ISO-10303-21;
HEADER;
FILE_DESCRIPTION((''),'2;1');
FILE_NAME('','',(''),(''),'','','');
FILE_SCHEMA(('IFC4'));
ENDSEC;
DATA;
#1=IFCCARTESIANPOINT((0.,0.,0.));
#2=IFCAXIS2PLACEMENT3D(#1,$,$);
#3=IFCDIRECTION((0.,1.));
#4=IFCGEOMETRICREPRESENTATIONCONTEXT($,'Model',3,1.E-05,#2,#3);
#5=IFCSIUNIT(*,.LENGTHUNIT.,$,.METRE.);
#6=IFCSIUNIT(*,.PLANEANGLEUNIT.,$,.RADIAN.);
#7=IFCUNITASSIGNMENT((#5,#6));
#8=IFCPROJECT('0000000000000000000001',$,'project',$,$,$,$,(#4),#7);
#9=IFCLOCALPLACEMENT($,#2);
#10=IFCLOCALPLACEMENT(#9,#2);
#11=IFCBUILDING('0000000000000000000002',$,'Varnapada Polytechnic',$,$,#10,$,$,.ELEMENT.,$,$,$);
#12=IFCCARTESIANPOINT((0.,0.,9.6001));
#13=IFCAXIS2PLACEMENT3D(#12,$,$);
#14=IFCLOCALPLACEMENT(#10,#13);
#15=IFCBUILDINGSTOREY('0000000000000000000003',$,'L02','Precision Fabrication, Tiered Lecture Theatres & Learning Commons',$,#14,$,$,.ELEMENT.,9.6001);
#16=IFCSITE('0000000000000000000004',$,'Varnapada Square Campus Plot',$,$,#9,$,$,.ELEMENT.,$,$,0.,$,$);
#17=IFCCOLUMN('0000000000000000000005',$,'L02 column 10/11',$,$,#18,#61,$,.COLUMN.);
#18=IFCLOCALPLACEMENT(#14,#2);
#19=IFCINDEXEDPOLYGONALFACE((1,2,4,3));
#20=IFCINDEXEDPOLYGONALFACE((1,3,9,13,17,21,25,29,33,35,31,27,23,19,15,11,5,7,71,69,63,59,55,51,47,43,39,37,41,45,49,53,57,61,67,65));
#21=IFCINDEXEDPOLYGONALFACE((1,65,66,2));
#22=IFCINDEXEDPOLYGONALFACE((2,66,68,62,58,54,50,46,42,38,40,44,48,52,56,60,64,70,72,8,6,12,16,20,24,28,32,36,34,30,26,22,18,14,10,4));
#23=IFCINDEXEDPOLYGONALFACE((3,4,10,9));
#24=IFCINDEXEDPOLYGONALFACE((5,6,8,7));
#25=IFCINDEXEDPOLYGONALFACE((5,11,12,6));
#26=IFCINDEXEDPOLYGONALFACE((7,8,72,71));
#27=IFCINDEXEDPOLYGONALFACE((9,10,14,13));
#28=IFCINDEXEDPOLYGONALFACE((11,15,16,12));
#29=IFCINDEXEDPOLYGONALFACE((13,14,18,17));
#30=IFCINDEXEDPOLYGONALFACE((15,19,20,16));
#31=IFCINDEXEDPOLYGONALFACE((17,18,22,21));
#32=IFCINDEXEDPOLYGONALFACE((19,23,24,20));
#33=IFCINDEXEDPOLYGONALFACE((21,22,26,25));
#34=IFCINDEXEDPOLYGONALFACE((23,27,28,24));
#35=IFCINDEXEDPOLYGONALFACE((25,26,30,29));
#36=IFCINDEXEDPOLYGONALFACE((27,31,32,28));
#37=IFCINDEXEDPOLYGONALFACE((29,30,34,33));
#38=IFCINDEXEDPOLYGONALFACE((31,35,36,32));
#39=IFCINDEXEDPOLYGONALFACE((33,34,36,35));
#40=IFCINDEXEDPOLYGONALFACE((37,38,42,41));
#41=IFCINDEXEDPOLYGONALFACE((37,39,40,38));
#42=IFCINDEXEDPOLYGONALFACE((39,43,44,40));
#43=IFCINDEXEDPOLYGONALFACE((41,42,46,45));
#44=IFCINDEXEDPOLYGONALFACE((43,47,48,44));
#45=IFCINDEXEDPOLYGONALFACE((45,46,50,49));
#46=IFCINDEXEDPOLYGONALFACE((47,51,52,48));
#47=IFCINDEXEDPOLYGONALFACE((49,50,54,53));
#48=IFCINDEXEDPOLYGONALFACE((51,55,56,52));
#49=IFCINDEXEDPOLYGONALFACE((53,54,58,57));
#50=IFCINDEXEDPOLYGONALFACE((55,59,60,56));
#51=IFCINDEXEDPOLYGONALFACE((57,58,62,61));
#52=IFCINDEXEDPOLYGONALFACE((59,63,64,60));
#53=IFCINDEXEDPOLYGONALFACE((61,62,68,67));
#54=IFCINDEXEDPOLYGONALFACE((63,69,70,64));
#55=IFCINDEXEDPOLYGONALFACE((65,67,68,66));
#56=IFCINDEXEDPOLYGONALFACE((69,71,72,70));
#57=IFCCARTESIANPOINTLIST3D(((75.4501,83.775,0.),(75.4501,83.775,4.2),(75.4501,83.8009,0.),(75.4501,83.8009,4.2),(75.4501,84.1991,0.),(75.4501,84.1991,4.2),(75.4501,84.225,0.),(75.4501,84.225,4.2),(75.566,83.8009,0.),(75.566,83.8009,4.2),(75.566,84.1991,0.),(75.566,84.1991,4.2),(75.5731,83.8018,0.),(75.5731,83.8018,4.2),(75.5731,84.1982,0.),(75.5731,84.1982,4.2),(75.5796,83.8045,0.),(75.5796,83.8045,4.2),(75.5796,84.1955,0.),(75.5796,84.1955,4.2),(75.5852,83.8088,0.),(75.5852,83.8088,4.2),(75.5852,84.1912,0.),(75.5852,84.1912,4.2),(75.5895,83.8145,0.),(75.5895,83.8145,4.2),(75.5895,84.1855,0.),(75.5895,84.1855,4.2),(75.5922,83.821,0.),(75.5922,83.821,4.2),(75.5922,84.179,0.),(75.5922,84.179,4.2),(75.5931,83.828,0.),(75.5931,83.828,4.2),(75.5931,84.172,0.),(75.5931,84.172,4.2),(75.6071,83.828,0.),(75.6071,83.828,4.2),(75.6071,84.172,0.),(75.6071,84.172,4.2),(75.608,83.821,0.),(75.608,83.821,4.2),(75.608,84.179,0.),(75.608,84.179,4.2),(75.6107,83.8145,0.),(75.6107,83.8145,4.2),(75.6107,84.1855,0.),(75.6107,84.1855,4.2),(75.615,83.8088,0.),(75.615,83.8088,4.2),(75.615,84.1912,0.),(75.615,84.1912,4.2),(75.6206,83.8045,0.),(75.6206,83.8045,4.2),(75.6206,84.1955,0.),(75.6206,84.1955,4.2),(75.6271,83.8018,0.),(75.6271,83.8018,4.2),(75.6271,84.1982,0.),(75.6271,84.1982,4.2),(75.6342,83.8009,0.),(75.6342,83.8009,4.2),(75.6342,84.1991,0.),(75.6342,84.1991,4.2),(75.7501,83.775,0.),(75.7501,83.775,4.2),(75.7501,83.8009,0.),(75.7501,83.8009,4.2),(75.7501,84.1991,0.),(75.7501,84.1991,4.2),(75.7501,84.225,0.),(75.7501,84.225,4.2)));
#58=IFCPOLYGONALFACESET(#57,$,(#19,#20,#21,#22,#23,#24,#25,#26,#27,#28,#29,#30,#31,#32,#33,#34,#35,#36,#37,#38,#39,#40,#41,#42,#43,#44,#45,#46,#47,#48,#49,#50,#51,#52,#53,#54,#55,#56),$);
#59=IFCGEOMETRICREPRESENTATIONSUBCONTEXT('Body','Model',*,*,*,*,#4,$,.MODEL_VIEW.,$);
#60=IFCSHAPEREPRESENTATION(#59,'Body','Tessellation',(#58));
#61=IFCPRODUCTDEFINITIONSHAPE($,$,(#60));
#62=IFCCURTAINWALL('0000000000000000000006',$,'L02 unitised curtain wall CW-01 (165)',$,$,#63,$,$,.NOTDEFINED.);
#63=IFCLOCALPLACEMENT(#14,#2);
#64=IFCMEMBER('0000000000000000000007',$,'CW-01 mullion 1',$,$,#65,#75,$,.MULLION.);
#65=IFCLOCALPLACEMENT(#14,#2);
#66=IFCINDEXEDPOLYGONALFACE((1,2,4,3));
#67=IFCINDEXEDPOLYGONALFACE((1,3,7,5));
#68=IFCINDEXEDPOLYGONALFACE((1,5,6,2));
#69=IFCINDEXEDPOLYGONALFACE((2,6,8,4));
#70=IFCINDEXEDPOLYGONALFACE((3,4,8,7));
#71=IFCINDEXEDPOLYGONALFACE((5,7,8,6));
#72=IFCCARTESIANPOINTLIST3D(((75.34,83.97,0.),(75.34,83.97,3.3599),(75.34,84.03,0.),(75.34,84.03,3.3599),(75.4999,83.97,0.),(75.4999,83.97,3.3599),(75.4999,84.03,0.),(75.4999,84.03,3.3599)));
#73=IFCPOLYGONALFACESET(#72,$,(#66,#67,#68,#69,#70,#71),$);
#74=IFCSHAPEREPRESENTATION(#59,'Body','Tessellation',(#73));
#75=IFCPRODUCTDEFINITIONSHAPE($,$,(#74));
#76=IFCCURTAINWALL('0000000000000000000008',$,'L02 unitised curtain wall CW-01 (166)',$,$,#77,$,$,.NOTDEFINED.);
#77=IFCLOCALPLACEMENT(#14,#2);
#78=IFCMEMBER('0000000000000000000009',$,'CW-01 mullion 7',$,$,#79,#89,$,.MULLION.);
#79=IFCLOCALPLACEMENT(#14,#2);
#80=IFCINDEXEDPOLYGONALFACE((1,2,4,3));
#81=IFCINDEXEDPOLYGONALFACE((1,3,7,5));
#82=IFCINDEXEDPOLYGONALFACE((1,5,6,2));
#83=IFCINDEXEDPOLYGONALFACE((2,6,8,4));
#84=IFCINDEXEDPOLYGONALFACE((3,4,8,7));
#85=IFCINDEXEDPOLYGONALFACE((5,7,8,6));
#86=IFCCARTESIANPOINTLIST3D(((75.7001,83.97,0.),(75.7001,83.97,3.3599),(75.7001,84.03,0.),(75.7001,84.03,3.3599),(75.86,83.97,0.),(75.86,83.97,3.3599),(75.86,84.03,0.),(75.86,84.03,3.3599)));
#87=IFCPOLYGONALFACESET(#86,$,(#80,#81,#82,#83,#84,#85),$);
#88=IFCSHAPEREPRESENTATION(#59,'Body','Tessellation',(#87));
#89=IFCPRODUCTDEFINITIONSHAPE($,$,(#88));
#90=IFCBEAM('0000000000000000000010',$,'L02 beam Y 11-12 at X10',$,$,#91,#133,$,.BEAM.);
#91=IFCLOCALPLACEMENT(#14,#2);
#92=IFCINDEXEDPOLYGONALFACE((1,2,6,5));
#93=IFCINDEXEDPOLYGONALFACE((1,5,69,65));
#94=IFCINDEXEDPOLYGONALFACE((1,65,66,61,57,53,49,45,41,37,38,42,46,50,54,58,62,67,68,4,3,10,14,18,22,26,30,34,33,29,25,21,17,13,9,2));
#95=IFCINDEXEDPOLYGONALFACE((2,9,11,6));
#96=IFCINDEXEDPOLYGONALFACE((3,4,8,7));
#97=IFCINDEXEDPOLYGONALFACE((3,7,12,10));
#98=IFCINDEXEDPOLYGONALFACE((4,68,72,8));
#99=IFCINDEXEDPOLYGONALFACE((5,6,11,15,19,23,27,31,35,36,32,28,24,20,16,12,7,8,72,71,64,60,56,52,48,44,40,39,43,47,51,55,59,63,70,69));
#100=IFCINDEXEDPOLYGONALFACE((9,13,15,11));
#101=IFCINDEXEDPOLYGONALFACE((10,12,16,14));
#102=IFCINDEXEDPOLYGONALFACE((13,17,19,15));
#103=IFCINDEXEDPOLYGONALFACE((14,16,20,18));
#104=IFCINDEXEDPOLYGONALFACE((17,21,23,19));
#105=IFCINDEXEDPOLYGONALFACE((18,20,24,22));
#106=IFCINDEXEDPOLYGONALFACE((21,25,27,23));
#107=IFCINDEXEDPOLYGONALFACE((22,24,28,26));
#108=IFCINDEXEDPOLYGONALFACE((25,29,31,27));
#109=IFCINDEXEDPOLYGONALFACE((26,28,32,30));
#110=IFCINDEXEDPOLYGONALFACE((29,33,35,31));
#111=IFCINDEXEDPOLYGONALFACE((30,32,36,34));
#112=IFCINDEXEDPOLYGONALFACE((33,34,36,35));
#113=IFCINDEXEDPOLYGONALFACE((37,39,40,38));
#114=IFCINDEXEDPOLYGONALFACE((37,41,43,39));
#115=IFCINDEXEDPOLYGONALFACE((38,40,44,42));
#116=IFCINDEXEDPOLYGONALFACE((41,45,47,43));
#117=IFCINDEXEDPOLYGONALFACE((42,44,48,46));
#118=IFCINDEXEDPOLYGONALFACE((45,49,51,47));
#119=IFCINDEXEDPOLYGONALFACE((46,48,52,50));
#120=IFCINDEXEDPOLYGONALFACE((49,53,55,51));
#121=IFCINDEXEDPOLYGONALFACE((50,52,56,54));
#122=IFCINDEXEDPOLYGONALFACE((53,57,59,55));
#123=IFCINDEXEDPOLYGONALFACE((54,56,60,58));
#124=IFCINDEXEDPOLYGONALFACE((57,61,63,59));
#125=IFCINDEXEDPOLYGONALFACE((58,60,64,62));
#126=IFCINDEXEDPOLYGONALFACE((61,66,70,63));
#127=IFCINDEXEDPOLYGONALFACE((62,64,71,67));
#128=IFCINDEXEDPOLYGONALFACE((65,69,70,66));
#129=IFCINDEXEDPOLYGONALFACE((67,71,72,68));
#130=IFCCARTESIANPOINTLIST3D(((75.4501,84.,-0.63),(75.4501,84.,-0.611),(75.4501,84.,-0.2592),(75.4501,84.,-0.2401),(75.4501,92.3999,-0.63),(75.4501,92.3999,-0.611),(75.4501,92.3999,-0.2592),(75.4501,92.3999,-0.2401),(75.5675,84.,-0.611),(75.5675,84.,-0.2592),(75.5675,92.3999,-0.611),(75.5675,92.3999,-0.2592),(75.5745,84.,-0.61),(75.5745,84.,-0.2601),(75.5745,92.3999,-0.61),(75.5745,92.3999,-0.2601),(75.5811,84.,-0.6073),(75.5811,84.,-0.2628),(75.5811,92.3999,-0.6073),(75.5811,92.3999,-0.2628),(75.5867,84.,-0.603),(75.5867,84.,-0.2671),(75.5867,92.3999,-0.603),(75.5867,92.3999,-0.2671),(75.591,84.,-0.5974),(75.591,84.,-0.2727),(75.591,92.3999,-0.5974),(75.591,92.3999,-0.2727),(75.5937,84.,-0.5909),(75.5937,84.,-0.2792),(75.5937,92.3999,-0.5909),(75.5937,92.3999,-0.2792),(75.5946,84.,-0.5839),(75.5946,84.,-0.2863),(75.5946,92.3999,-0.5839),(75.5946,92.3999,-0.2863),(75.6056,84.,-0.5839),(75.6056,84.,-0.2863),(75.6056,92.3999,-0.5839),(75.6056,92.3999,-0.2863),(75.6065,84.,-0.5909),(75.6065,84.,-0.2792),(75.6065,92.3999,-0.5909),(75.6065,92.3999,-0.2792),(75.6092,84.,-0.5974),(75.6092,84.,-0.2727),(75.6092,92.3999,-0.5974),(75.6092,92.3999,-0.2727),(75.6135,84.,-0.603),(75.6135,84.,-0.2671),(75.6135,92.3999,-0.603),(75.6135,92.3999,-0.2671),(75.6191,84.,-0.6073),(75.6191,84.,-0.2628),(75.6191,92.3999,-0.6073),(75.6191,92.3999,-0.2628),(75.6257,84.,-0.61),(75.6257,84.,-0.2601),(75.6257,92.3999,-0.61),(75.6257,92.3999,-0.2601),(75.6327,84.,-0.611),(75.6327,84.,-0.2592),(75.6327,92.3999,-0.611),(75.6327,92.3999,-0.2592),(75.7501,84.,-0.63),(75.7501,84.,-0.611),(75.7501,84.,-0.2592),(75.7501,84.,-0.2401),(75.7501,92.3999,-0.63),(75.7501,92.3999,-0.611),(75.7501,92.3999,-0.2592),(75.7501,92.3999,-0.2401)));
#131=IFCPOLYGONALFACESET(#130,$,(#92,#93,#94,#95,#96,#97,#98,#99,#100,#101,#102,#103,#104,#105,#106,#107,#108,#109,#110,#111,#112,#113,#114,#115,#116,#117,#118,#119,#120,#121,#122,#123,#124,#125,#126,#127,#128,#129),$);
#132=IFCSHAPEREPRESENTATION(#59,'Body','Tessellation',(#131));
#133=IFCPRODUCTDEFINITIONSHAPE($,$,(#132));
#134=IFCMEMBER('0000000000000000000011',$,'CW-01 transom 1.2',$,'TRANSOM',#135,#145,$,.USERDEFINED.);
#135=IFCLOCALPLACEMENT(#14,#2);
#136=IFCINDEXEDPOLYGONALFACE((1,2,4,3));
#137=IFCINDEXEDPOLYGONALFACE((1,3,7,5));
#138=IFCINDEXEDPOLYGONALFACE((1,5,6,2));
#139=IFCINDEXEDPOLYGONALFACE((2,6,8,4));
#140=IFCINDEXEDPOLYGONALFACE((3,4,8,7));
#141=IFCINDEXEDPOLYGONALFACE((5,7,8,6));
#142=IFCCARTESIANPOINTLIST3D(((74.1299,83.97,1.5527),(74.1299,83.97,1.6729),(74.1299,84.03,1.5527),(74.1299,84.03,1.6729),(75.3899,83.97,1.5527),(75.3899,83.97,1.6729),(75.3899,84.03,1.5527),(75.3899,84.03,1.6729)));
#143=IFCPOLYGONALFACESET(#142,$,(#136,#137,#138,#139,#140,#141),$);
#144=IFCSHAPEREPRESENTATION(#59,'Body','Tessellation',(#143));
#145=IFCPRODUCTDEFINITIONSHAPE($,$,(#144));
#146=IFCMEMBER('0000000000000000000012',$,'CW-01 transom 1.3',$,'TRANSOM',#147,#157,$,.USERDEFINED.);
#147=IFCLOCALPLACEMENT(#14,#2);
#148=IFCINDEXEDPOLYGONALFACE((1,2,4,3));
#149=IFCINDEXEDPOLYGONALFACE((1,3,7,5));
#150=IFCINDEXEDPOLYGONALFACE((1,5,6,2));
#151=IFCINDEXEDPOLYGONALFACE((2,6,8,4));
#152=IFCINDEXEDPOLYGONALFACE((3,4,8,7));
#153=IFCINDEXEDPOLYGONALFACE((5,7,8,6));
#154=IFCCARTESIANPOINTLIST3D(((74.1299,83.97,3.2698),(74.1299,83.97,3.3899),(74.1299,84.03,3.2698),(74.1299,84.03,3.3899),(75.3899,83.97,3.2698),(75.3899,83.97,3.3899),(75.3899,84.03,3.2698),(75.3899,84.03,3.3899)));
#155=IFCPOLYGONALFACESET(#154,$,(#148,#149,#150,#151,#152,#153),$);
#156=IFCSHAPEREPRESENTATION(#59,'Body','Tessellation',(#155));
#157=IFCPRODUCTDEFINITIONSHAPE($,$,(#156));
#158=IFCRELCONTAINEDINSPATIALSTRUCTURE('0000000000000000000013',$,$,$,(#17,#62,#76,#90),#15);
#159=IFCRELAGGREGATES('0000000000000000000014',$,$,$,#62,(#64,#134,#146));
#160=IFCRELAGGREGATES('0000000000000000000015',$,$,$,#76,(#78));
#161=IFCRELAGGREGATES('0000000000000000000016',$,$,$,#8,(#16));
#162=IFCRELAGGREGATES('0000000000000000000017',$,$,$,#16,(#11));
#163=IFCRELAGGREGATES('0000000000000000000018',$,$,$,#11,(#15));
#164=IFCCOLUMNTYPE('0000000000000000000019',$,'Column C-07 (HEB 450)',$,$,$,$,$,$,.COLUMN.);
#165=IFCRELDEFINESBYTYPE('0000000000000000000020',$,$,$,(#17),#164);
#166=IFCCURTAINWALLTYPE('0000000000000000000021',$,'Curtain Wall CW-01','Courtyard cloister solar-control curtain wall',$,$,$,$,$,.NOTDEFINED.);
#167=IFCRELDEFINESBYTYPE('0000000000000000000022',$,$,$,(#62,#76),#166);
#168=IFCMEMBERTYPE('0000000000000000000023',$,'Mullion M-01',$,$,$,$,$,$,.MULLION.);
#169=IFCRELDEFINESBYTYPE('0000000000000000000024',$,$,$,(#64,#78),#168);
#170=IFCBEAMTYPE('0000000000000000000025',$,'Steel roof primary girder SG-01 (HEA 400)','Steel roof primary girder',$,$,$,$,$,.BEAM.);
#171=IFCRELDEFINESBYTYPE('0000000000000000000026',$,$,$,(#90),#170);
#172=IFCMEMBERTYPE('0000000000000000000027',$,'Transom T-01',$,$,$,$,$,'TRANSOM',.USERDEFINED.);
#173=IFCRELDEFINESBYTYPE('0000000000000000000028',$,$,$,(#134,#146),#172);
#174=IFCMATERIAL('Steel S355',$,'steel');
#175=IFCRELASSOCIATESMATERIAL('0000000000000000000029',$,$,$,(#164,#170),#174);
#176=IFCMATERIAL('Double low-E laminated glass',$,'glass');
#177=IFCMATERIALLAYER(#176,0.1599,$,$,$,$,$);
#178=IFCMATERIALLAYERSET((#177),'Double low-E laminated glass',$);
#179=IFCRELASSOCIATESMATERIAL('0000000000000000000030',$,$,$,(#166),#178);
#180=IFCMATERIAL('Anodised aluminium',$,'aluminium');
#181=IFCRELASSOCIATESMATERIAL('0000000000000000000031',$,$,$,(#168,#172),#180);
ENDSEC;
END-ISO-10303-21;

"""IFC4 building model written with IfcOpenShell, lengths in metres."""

from ifc_helpers import new_model, si_unit, direction, frame, origin, origin_2d, place, context, subcontext, project, spatial, rectangle, i_section, extrude, material, layer, layer_set, material_profile, profile_set, type_object, element, aggregate, save


model = new_model("IFC4")

# Units and contexts
model_context = context("Model", 3, precision=1e-05, world=origin(), true_north=direction((0.0, 1.0)))
body_context = subcontext(model_context, "Body", "Model", "MODEL_VIEW")
ifc_project = project(units=[si_unit("LENGTHUNIT", "METRE"), si_unit("PLANEANGLEUNIT", "RADIAN")], contexts=[model_context])

# Site, building, storey
site_placement = place(None, origin())
site = spatial("IfcSite", under=ifc_project, at=site_placement, Name="Varnapada Square Campus Plot", CompositionType="ELEMENT", RefElevation=0.0)
building_placement = place(site_placement, origin())
building = spatial("IfcBuilding", under=site, at=building_placement, Name="Varnapada Polytechnic", CompositionType="ELEMENT")
storey_placement = place(building_placement, frame((0.0, 0.0, 9.6001)))
storey = spatial("IfcBuildingStorey", under=building, at=storey_placement, Name="L02", Description="Precision Fabrication, Tiered Lecture Theatres & Learning Commons", CompositionType="ELEMENT", Elevation=9.6001)

# Column
ifc_material_1 = material(Name="Steel S355", Category="steel")
ifc_material_profile_1 = material_profile(ifc_material_1, i_section(OverallWidth=0.3, OverallDepth=0.45, WebThickness=0.0139, FlangeThickness=0.0259, FilletRadius=0.0271, at=origin_2d()), Name="HEB 450")
ifc_profile_set_1 = profile_set([ifc_material_profile_1], Name="Steel S355")
column_type = type_object("IfcColumnType", Name="Column C-07 (HEB 450)", PredefinedType="COLUMN", material=ifc_profile_set_1)
column_placement = place(storey_placement, frame((75.6001, 84.0, 0.0), z_axis=(0.0, 0.0, 1.0), x_axis=(1.0, 0.0, 0.0)))
element("IfcColumn", 1, at=column_placement, inside=storey, type_object=column_type, Name="L02 column 10/11", PredefinedType="COLUMN", context=body_context, shape_type="SweptSolid", body=[
    extrude(i_section(OverallWidth=0.3, OverallDepth=0.45, WebThickness=0.0139, FlangeThickness=0.0259, FilletRadius=0.0271, at=origin_2d()), origin(), (0.0, 0.0, 1.0), 4.2),
])

# Curtain walls, members
ifc_material_2 = material(Name="Double low-E laminated glass", Category="glass")
ifc_layer_1 = layer(ifc_material_2, 0.1599)
ifc_layer_set_1 = layer_set([ifc_layer_1], Name="Double low-E laminated glass")
curtain_wall_type = type_object("IfcCurtainWallType", Name="Curtain Wall CW-01", Description="Courtyard cloister solar-control curtain wall", PredefinedType="NOTDEFINED", material=ifc_layer_set_1)
curtain_wall_1_placement = place(storey_placement, origin())
curtain_wall_1 = element("IfcCurtainWall", 2, at=curtain_wall_1_placement, inside=storey, type_object=curtain_wall_type, Name="L02 unitised curtain wall CW-01 (165)", PredefinedType="NOTDEFINED")
ifc_material_3 = material(Name="Anodised aluminium", Category="aluminium")
ifc_material_profile_2 = material_profile(ifc_material_3, rectangle(XDim=0.0601, YDim=0.1599, at=origin_2d()), Name="ALU M60x160")
ifc_profile_set_2 = profile_set([ifc_material_profile_2], Name="Anodised aluminium")
member_type_1 = type_object("IfcMemberType", Name="Mullion M-01", PredefinedType="MULLION", material=ifc_profile_set_2)
member_1_placement = place(storey_placement, frame((75.4199, 84.0, 0.0), z_axis=(0.0, 0.0, 1.0), x_axis=(0.0, -1.0, 0.0)))
member_1 = element("IfcMember", 3, at=member_1_placement, type_object=member_type_1, Name="CW-01 mullion 1", PredefinedType="MULLION", context=body_context, shape_type="SweptSolid", body=[
    extrude(rectangle(XDim=0.0601, YDim=0.1599, at=origin_2d()), origin(), (0.0, 0.0, 1.0), 3.3599),
])
curtain_wall_2_placement = place(storey_placement, origin())
curtain_wall_2 = element("IfcCurtainWall", 4, at=curtain_wall_2_placement, inside=storey, type_object=curtain_wall_type, Name="L02 unitised curtain wall CW-01 (166)", PredefinedType="NOTDEFINED")
member_2_placement = place(storey_placement, frame((75.78, 84.0, 0.0), z_axis=(0.0, 0.0, 1.0), x_axis=(0.0, -1.0, 0.0)))
member_2 = element("IfcMember", 5, at=member_2_placement, type_object=member_type_1, Name="CW-01 mullion 7", PredefinedType="MULLION", context=body_context, shape_type="SweptSolid", body=[
    extrude(rectangle(XDim=0.0601, YDim=0.1599, at=origin_2d()), origin(), (0.0, 0.0, 1.0), 3.3599),
])

# Beam
ifc_material_profile_3 = material_profile(ifc_material_1, i_section(OverallWidth=0.3, OverallDepth=0.3899, WebThickness=0.011, FlangeThickness=0.019, FilletRadius=0.0271, at=origin_2d()), Name="HEA 400")
ifc_profile_set_3 = profile_set([ifc_material_profile_3], Name="Steel S355")
beam_type_1 = type_object("IfcBeamType", Name="Steel roof primary girder SG-01 (HEA 400)", Description="Steel roof primary girder", PredefinedType="BEAM", material=ifc_profile_set_3)
beam_1_placement = place(storey_placement, frame((75.6001, 84.0, -0.4351), z_axis=(0.0, 1.0, 0.0), x_axis=(-1.0, 0.0, 0.0)))
element("IfcBeam", 6, at=beam_1_placement, inside=storey, type_object=beam_type_1, Name="L02 beam Y 11-12 at X10", PredefinedType="BEAM", context=body_context, shape_type="SweptSolid", body=[
    extrude(i_section(OverallWidth=0.3, OverallDepth=0.3899, WebThickness=0.011, FlangeThickness=0.019, FilletRadius=0.0271, at=origin_2d()), origin(), (0.0, 0.0, 1.0), 8.3999),
])

# Members
ifc_material_profile_4 = material_profile(ifc_material_3, rectangle(XDim=0.0601, YDim=0.1201, at=origin_2d()), Name="ALU T60x120")
ifc_profile_set_4 = profile_set([ifc_material_profile_4], Name="Anodised aluminium")
member_type_2 = type_object("IfcMemberType", Name="Transom T-01", ElementType="TRANSOM", PredefinedType="USERDEFINED", material=ifc_profile_set_4)
member_3_placement = place(storey_placement, frame((75.3899, 84.0, 1.6128), z_axis=(-1.0, 0.0, 0.0), x_axis=(0.0, -1.0, 0.0)))
member_3 = element("IfcMember", 7, at=member_3_placement, type_object=member_type_2, Name="CW-01 transom 1.2", ObjectType="TRANSOM", PredefinedType="USERDEFINED", context=body_context, shape_type="SweptSolid", body=[
    extrude(rectangle(XDim=0.0601, YDim=0.1201, at=origin_2d()), origin(), (0.0, 0.0, 1.0), 1.26),
])
member_4_placement = place(storey_placement, frame((75.3899, 84.0, 3.3298), z_axis=(-1.0, 0.0, 0.0), x_axis=(0.0, -1.0, 0.0)))
member_4 = element("IfcMember", 8, at=member_4_placement, type_object=member_type_2, Name="CW-01 transom 1.3", ObjectType="TRANSOM", PredefinedType="USERDEFINED", context=body_context, shape_type="SweptSolid", body=[
    extrude(rectangle(XDim=0.0601, YDim=0.1201, at=origin_2d()), origin(), (0.0, 0.0, 1.0), 1.26),
])
aggregate(curtain_wall_1, [member_1, member_3, member_4])

aggregate(curtain_wall_2, [member_2])

save(model, "model.ifc")
